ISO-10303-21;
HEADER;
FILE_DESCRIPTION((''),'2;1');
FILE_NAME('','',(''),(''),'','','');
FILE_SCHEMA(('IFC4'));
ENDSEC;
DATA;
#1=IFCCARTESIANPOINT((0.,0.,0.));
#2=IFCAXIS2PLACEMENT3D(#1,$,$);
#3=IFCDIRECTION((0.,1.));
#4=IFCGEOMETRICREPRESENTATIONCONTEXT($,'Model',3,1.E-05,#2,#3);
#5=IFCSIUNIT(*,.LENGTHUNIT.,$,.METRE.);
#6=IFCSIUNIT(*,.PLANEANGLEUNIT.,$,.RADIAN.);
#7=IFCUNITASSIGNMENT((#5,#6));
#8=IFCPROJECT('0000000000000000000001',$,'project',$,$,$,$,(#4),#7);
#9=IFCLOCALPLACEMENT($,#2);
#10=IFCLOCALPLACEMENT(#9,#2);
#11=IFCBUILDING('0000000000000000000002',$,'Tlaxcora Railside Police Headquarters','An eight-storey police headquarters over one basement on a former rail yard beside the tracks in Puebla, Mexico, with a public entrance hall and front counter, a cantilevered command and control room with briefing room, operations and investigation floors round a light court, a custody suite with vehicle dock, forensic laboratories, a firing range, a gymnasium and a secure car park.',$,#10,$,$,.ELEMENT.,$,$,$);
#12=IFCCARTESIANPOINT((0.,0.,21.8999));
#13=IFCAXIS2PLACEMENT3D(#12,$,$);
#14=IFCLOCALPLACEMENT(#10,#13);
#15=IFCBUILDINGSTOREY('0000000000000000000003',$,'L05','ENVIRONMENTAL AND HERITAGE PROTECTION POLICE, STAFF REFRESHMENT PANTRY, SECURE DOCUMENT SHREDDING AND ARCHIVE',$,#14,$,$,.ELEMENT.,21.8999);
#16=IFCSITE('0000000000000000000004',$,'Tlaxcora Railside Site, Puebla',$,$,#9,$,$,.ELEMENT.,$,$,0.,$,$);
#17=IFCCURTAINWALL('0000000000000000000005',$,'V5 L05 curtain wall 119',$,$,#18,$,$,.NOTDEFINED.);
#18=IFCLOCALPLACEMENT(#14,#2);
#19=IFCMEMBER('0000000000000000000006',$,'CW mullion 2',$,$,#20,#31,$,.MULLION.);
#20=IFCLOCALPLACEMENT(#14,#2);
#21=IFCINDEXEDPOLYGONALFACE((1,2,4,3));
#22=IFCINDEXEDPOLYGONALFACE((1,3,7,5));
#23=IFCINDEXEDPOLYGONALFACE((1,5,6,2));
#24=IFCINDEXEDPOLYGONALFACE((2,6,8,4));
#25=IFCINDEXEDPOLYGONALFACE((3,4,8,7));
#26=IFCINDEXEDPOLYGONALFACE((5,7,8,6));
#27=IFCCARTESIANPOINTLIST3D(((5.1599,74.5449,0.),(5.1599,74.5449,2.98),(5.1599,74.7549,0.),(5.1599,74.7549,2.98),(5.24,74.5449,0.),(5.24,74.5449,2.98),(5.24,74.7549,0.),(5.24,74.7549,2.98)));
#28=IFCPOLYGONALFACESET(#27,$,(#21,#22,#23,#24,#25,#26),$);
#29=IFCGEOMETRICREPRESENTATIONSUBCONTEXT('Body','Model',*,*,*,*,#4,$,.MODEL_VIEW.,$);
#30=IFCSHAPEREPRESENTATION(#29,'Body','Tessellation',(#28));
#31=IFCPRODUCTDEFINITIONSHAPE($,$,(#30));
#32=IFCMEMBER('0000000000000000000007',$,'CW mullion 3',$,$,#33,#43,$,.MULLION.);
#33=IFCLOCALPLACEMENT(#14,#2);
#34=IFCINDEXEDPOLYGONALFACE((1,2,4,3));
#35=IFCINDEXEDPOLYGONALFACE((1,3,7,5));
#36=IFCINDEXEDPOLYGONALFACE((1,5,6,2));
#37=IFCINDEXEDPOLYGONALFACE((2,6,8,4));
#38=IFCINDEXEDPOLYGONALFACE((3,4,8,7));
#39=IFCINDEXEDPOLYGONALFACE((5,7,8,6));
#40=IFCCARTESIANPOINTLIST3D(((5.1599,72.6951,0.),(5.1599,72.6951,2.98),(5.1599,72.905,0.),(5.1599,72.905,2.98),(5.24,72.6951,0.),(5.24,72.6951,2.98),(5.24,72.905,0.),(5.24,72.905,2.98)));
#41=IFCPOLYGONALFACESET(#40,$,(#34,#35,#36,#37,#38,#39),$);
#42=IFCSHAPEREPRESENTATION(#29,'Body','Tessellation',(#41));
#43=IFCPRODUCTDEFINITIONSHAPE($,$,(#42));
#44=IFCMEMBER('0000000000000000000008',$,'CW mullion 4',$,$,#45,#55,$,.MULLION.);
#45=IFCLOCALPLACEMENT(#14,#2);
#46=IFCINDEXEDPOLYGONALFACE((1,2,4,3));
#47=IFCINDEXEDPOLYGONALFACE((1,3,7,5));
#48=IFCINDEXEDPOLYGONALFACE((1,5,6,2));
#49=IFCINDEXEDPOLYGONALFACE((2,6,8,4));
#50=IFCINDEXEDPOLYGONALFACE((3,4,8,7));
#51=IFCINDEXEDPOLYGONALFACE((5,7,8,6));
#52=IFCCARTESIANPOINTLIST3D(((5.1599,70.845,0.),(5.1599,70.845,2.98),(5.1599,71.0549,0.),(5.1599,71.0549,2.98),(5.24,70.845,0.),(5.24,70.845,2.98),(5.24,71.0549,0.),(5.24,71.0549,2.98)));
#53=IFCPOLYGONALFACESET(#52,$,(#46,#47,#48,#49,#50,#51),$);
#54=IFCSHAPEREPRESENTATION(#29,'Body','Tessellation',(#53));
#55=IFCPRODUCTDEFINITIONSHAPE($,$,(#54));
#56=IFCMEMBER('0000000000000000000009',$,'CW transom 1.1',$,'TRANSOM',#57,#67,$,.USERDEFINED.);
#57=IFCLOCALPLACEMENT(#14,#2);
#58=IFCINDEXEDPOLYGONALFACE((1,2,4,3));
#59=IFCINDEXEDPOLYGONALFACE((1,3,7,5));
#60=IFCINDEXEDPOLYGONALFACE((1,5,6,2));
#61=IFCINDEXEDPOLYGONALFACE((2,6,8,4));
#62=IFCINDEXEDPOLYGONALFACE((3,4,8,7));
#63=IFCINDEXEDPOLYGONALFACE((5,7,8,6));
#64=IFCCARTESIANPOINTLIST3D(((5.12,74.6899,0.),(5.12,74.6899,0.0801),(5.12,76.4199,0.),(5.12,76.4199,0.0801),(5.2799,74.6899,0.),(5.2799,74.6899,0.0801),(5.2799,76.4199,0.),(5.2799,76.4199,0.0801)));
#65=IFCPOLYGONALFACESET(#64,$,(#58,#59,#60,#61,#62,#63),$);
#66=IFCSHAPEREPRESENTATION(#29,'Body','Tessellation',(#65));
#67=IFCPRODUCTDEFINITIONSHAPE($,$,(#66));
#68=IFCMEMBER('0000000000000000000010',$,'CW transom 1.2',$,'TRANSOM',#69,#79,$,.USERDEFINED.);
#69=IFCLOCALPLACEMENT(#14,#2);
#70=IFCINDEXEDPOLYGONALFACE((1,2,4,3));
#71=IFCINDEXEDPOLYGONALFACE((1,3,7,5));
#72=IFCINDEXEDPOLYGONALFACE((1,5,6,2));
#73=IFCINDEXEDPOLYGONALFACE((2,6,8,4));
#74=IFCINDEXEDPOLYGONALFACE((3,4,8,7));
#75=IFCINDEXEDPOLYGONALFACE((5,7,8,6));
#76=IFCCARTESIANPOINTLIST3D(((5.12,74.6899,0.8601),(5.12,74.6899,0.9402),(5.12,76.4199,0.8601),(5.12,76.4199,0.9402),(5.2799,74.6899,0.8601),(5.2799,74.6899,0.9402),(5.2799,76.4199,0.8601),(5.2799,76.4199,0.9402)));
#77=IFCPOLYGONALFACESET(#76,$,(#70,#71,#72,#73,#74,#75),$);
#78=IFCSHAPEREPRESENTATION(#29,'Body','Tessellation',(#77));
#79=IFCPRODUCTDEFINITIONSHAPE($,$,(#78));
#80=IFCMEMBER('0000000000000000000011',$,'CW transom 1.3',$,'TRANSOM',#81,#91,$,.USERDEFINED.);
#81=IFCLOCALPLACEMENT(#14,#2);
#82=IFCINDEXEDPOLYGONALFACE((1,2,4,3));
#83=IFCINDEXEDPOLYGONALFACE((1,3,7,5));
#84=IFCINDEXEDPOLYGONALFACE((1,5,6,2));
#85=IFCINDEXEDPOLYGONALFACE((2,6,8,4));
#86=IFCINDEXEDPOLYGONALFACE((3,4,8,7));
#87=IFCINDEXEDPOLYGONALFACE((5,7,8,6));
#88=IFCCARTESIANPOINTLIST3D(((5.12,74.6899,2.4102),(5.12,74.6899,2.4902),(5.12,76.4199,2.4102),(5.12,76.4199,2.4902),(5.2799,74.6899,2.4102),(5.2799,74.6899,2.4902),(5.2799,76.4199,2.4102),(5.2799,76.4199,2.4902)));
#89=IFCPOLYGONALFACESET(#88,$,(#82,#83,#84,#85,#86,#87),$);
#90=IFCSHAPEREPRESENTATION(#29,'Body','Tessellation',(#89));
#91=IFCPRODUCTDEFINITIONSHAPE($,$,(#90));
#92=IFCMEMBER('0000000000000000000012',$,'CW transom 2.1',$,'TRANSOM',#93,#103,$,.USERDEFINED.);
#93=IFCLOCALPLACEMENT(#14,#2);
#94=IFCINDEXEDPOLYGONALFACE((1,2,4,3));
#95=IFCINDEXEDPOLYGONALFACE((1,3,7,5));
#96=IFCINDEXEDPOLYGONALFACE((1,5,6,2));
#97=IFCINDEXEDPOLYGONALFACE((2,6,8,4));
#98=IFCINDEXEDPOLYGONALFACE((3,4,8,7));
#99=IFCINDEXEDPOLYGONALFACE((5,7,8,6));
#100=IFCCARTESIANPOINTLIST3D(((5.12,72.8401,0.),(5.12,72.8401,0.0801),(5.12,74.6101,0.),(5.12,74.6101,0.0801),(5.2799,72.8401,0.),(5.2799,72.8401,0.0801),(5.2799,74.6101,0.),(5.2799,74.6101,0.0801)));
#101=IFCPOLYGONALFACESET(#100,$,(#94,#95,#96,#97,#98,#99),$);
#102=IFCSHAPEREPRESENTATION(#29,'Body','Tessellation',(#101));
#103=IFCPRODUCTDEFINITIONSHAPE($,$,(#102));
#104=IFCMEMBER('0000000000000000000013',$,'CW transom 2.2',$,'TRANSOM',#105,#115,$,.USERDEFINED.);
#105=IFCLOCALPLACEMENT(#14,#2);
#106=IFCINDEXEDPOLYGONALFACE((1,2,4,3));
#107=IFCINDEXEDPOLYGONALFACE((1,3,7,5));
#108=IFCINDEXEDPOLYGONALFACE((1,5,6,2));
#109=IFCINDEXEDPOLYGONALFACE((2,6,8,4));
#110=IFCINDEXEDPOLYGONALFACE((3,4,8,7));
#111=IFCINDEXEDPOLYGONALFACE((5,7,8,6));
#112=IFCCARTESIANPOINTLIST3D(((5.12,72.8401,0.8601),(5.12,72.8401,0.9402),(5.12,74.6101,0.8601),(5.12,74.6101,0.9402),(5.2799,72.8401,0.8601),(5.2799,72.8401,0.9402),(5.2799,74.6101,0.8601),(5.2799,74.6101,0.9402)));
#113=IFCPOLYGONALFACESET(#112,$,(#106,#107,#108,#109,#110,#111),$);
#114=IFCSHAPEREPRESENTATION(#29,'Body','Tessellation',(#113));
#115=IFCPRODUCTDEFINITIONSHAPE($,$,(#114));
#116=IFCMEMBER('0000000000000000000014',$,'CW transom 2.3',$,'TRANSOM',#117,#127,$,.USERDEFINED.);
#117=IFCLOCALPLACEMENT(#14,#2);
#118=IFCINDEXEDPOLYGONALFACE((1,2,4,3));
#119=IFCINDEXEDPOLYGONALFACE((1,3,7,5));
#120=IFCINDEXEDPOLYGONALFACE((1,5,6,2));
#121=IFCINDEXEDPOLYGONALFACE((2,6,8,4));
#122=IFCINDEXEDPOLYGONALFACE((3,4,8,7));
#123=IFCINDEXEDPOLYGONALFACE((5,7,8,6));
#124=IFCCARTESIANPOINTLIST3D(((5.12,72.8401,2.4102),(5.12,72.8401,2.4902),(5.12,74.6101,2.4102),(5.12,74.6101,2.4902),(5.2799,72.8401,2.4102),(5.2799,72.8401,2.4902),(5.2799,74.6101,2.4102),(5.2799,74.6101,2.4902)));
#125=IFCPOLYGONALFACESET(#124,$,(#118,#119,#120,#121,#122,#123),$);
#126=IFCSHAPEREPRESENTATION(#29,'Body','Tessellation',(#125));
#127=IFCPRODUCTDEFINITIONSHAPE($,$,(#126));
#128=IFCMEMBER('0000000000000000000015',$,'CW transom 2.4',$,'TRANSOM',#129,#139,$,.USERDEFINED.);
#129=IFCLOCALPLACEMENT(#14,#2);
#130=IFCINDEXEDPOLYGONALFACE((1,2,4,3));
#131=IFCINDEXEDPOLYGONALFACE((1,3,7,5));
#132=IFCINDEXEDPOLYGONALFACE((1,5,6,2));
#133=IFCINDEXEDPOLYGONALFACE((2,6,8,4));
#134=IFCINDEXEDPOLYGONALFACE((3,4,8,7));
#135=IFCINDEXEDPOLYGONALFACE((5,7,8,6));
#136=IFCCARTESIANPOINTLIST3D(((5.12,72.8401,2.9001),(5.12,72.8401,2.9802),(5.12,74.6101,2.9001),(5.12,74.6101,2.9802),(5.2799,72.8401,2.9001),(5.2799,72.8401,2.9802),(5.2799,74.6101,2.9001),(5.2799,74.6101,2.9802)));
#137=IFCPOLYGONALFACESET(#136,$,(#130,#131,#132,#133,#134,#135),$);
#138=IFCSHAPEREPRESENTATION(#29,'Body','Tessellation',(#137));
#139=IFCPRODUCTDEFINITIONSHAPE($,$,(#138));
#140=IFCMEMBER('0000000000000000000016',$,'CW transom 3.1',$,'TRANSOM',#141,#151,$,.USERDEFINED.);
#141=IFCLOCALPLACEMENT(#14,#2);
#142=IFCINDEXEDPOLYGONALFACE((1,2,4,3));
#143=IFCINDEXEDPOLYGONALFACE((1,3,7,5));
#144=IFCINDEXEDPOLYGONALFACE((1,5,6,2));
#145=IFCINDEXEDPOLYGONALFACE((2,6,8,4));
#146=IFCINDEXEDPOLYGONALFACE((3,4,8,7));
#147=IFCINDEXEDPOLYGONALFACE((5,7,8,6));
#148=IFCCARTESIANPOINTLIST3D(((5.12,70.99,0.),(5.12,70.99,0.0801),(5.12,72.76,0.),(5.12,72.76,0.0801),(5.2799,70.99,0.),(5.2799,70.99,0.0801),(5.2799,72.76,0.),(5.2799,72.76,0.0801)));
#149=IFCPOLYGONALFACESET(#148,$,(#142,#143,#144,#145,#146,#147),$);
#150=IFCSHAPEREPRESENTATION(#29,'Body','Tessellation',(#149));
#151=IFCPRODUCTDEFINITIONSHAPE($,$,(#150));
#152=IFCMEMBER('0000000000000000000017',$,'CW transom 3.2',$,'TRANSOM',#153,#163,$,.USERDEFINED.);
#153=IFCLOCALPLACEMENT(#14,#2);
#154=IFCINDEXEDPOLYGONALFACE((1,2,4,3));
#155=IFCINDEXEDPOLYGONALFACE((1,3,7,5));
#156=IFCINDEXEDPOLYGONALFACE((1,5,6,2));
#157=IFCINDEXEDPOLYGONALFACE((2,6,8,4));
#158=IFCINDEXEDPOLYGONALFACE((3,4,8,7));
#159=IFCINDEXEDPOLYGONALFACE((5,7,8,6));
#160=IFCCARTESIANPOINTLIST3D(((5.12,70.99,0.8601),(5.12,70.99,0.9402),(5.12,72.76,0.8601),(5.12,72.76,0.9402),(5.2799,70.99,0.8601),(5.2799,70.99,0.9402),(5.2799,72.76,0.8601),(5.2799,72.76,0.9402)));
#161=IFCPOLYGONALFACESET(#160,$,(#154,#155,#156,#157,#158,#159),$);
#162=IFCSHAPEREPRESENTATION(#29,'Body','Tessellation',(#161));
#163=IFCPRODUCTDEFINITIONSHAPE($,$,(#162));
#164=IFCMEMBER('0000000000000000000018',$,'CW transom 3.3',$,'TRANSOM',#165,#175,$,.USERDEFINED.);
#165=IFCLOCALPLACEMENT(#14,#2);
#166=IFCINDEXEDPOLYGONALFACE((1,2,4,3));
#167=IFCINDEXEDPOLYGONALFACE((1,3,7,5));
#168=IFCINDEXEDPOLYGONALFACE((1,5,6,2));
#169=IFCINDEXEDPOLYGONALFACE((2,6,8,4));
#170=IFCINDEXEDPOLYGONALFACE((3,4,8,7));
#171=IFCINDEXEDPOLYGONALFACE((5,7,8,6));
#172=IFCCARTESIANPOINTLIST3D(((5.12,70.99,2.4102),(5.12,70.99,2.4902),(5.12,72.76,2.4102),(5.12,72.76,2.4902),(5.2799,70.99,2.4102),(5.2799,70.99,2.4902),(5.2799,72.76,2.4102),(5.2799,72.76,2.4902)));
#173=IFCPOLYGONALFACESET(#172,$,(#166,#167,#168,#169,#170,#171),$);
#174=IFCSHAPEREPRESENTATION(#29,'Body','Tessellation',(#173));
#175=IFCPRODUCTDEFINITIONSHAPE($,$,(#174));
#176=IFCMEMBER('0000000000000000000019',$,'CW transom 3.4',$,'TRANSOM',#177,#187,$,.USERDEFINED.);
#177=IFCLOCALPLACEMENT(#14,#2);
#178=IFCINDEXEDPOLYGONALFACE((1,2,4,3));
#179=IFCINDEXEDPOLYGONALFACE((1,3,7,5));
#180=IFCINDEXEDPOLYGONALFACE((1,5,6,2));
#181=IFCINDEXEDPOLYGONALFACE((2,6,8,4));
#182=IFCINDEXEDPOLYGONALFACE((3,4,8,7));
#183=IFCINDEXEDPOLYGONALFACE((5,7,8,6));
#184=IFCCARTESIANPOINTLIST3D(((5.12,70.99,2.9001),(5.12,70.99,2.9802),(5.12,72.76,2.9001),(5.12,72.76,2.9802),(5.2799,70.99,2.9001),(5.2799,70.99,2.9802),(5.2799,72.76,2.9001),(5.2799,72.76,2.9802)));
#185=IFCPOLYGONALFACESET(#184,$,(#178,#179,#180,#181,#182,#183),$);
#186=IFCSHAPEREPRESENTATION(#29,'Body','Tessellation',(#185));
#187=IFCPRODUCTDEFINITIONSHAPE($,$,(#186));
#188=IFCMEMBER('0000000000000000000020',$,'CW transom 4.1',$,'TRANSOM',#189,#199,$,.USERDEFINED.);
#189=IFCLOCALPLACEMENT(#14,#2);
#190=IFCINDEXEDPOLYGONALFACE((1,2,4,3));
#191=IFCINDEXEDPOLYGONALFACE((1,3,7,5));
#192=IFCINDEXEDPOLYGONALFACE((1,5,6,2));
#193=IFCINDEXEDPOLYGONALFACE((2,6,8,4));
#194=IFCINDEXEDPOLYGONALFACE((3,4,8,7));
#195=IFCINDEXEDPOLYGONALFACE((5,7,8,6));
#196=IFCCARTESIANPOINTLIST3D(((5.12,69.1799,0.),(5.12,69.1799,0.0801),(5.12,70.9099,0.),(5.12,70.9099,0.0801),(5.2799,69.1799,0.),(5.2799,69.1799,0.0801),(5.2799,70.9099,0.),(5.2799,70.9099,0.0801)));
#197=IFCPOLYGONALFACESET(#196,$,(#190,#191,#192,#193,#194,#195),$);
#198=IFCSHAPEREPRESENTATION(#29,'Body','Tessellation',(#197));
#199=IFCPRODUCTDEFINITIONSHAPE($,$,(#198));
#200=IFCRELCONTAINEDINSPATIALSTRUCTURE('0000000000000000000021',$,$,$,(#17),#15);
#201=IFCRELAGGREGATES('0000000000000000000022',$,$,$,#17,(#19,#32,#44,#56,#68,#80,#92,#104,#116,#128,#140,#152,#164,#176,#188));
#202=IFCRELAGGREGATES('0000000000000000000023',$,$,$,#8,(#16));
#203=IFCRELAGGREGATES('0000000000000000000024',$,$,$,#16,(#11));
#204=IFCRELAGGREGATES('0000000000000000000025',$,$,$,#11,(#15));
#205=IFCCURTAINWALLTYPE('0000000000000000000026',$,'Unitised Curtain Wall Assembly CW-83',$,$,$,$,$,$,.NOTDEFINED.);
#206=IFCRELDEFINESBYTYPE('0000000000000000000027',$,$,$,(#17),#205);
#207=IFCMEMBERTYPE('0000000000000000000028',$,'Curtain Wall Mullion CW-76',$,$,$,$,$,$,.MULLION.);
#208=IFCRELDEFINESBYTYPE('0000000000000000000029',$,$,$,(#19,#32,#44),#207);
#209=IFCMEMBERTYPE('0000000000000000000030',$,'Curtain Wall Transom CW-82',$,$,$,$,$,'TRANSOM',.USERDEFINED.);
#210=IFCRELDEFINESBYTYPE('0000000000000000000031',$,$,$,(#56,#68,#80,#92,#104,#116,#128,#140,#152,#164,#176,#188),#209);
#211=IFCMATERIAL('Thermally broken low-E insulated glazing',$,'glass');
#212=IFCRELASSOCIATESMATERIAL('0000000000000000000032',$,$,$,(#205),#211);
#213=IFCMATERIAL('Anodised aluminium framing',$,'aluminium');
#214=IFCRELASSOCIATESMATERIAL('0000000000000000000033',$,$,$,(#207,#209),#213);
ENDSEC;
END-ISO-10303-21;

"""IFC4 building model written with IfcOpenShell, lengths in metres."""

from ifc_helpers import new_model, si_unit, direction, frame, origin, origin_2d, place, context, subcontext, project, spatial, rectangle, extrude, material, material_profile, profile_set, type_object, element, aggregate, save


model = new_model("IFC4")

# Units and contexts
model_context = context("Model", 3, precision=1e-05, world=origin(), true_north=direction((0.0, 1.0)))
body_context = subcontext(model_context, "Body", "Model", "MODEL_VIEW")
ifc_project = project(units=[si_unit("LENGTHUNIT", "METRE"), si_unit("PLANEANGLEUNIT", "RADIAN")], contexts=[model_context])

# Site, building, storey
site_placement = place(None, origin())
site = spatial("IfcSite", under=ifc_project, at=site_placement, Name="Tlaxcora Railside Site, Puebla", CompositionType="ELEMENT", RefElevation=0.0)
building_placement = place(site_placement, origin())
building = spatial("IfcBuilding", under=site, at=building_placement, Name="Tlaxcora Railside Police Headquarters", Description="An eight-storey police headquarters over one basement on a former rail yard beside the tracks in Puebla, Mexico, with a public entrance hall and front counter, a cantilevered command and control room with briefing room, operations and investigation floors round a light court, a custody suite with vehicle dock, forensic laboratories, a firing range, a gymnasium and a secure car park.", CompositionType="ELEMENT")
storey_placement = place(building_placement, frame((0.0, 0.0, 21.8999)))
storey = spatial("IfcBuildingStorey", under=building, at=storey_placement, Name="L05", Description="ENVIRONMENTAL AND HERITAGE PROTECTION POLICE, STAFF REFRESHMENT PANTRY, SECURE DOCUMENT SHREDDING AND ARCHIVE", CompositionType="ELEMENT", Elevation=21.8999)

# Curtain wall, members
ifc_material_1 = material(Name="Thermally broken low-E insulated glazing", Category="glass")
curtain_wall_type = type_object("IfcCurtainWallType", Name="Unitised Curtain Wall Assembly CW-83", PredefinedType="NOTDEFINED", material=ifc_material_1)
curtain_wall_placement = place(storey_placement, origin())
curtain_wall = element("IfcCurtainWall", 1, at=curtain_wall_placement, inside=storey, type_object=curtain_wall_type, Name="V5 L05 curtain wall 119", PredefinedType="NOTDEFINED")
ifc_material_2 = material(Name="Anodised aluminium framing", Category="aluminium")
ifc_material_profile_1 = material_profile(ifc_material_2, rectangle(XDim=0.0801, YDim=0.21, at=origin_2d()), Name="AL80X210")
ifc_profile_set_1 = profile_set([ifc_material_profile_1], Name="Anodised aluminium framing")
member_type_1 = type_object("IfcMemberType", Name="Curtain Wall Mullion CW-76", PredefinedType="MULLION", material=ifc_profile_set_1)
member_1_placement = place(storey_placement, frame((5.2, 74.6499, 0.0), z_axis=(0.0, 0.0, 1.0), x_axis=(1.0, 0.0, 0.0)))
member_1 = element("IfcMember", 2, at=member_1_placement, type_object=member_type_1, Name="CW mullion 2", PredefinedType="MULLION", context=body_context, shape_type="SweptSolid", body=[
    extrude(rectangle(XDim=0.0801, YDim=0.21, at=origin_2d()), origin(), (0.0, 0.0, 1.0), 2.98),
])
member_2_placement = place(storey_placement, frame((5.2, 72.8, 0.0), z_axis=(0.0, 0.0, 1.0), x_axis=(1.0, 0.0, 0.0)))
member_2 = element("IfcMember", 3, at=member_2_placement, type_object=member_type_1, Name="CW mullion 3", PredefinedType="MULLION", context=body_context, shape_type="SweptSolid", body=[
    extrude(rectangle(XDim=0.0801, YDim=0.21, at=origin_2d()), origin(), (0.0, 0.0, 1.0), 2.98),
])
member_3_placement = place(storey_placement, frame((5.2, 70.95, 0.0), z_axis=(0.0, 0.0, 1.0), x_axis=(1.0, 0.0, 0.0)))
member_3 = element("IfcMember", 4, at=member_3_placement, type_object=member_type_1, Name="CW mullion 4", PredefinedType="MULLION", context=body_context, shape_type="SweptSolid", body=[
    extrude(rectangle(XDim=0.0801, YDim=0.21, at=origin_2d()), origin(), (0.0, 0.0, 1.0), 2.98),
])
ifc_material_profile_2 = material_profile(ifc_material_2, rectangle(XDim=0.1599, YDim=0.0801, at=origin_2d()), Name="AL80X160")
ifc_profile_set_2 = profile_set([ifc_material_profile_2], Name="Anodised aluminium framing")
member_type_2 = type_object("IfcMemberType", Name="Curtain Wall Transom CW-82", ElementType="TRANSOM", PredefinedType="USERDEFINED", material=ifc_profile_set_2)
member_4_placement = place(storey_placement, frame((5.2, 76.4199, 0.04), z_axis=(0.0, -1.0, 0.0), x_axis=(1.0, 0.0, 0.0)))
member_4 = element("IfcMember", 5, at=member_4_placement, type_object=member_type_2, Name="CW transom 1.1", ObjectType="TRANSOM", PredefinedType="USERDEFINED", context=body_context, shape_type="SweptSolid", body=[
    extrude(rectangle(XDim=0.1599, YDim=0.0801, at=origin_2d()), origin(), (0.0, 0.0, 1.0), 1.73),
])
member_5_placement = place(storey_placement, frame((5.2, 76.4199, 0.9001), z_axis=(0.0, -1.0, 0.0), x_axis=(1.0, 0.0, 0.0)))
member_5 = element("IfcMember", 6, at=member_5_placement, type_object=member_type_2, Name="CW transom 1.2", ObjectType="TRANSOM", PredefinedType="USERDEFINED", context=body_context, shape_type="SweptSolid", body=[
    extrude(rectangle(XDim=0.1599, YDim=0.0801, at=origin_2d()), origin(), (0.0, 0.0, 1.0), 1.73),
])
member_6_placement = place(storey_placement, frame((5.2, 76.4199, 2.4502), z_axis=(0.0, -1.0, 0.0), x_axis=(1.0, 0.0, 0.0)))
member_6 = element("IfcMember", 7, at=member_6_placement, type_object=member_type_2, Name="CW transom 1.3", ObjectType="TRANSOM", PredefinedType="USERDEFINED", context=body_context, shape_type="SweptSolid", body=[
    extrude(rectangle(XDim=0.1599, YDim=0.0801, at=origin_2d()), origin(), (0.0, 0.0, 1.0), 1.73),
])
member_7_placement = place(storey_placement, frame((5.2, 74.6101, 0.04), z_axis=(0.0, -1.0, 0.0), x_axis=(1.0, 0.0, 0.0)))
member_7 = element("IfcMember", 8, at=member_7_placement, type_object=member_type_2, Name="CW transom 2.1", ObjectType="TRANSOM", PredefinedType="USERDEFINED", context=body_context, shape_type="SweptSolid", body=[
    extrude(rectangle(XDim=0.1599, YDim=0.0801, at=origin_2d()), origin(), (0.0, 0.0, 1.0), 1.77),
])
member_8_placement = place(storey_placement, frame((5.2, 74.6101, 0.9001), z_axis=(0.0, -1.0, 0.0), x_axis=(1.0, 0.0, 0.0)))
member_8 = element("IfcMember", 9, at=member_8_placement, type_object=member_type_2, Name="CW transom 2.2", ObjectType="TRANSOM", PredefinedType="USERDEFINED", context=body_context, shape_type="SweptSolid", body=[
    extrude(rectangle(XDim=0.1599, YDim=0.0801, at=origin_2d()), origin(), (0.0, 0.0, 1.0), 1.77),
])
member_9_placement = place(storey_placement, frame((5.2, 74.6101, 2.4502), z_axis=(0.0, -1.0, 0.0), x_axis=(1.0, 0.0, 0.0)))
member_9 = element("IfcMember", 10, at=member_9_placement, type_object=member_type_2, Name="CW transom 2.3", ObjectType="TRANSOM", PredefinedType="USERDEFINED", context=body_context, shape_type="SweptSolid", body=[
    extrude(rectangle(XDim=0.1599, YDim=0.0801, at=origin_2d()), origin(), (0.0, 0.0, 1.0), 1.77),
])
member_10_placement = place(storey_placement, frame((5.2, 74.6101, 2.9402), z_axis=(0.0, -1.0, 0.0), x_axis=(1.0, 0.0, 0.0)))
member_10 = element("IfcMember", 11, at=member_10_placement, type_object=member_type_2, Name="CW transom 2.4", ObjectType="TRANSOM", PredefinedType="USERDEFINED", context=body_context, shape_type="SweptSolid", body=[
    extrude(rectangle(XDim=0.1599, YDim=0.0801, at=origin_2d()), origin(), (0.0, 0.0, 1.0), 1.77),
])
member_11_placement = place(storey_placement, frame((5.2, 72.76, 0.04), z_axis=(0.0, -1.0, 0.0), x_axis=(1.0, 0.0, 0.0)))
member_11 = element("IfcMember", 12, at=member_11_placement, type_object=member_type_2, Name="CW transom 3.1", ObjectType="TRANSOM", PredefinedType="USERDEFINED", context=body_context, shape_type="SweptSolid", body=[
    extrude(rectangle(XDim=0.1599, YDim=0.0801, at=origin_2d()), origin(), (0.0, 0.0, 1.0), 1.77),
])
member_12_placement = place(storey_placement, frame((5.2, 72.76, 0.9001), z_axis=(0.0, -1.0, 0.0), x_axis=(1.0, 0.0, 0.0)))
member_12 = element("IfcMember", 13, at=member_12_placement, type_object=member_type_2, Name="CW transom 3.2", ObjectType="TRANSOM", PredefinedType="USERDEFINED", context=body_context, shape_type="SweptSolid", body=[
    extrude(rectangle(XDim=0.1599, YDim=0.0801, at=origin_2d()), origin(), (0.0, 0.0, 1.0), 1.77),
])
member_13_placement = place(storey_placement, frame((5.2, 72.76, 2.4502), z_axis=(0.0, -1.0, 0.0), x_axis=(1.0, 0.0, 0.0)))
member_13 = element("IfcMember", 14, at=member_13_placement, type_object=member_type_2, Name="CW transom 3.3", ObjectType="TRANSOM", PredefinedType="USERDEFINED", context=body_context, shape_type="SweptSolid", body=[
    extrude(rectangle(XDim=0.1599, YDim=0.0801, at=origin_2d()), origin(), (0.0, 0.0, 1.0), 1.77),
])
member_14_placement = place(storey_placement, frame((5.2, 72.76, 2.9402), z_axis=(0.0, -1.0, 0.0), x_axis=(1.0, 0.0, 0.0)))
member_14 = element("IfcMember", 15, at=member_14_placement, type_object=member_type_2, Name="CW transom 3.4", ObjectType="TRANSOM", PredefinedType="USERDEFINED", context=body_context, shape_type="SweptSolid", body=[
    extrude(rectangle(XDim=0.1599, YDim=0.0801, at=origin_2d()), origin(), (0.0, 0.0, 1.0), 1.77),
])
member_15_placement = place(storey_placement, frame((5.2, 70.9099, 0.04), z_axis=(0.0, -1.0, 0.0), x_axis=(1.0, 0.0, 0.0)))
member_15 = element("IfcMember", 16, at=member_15_placement, type_object=member_type_2, Name="CW transom 4.1", ObjectType="TRANSOM", PredefinedType="USERDEFINED", context=body_context, shape_type="SweptSolid", body=[
    extrude(rectangle(XDim=0.1599, YDim=0.0801, at=origin_2d()), origin(), (0.0, 0.0, 1.0), 1.73),
])
aggregate(curtain_wall, [member_1, member_2, member_3, member_4, member_5, member_6, member_7, member_8, member_9, member_10, member_11, member_12, member_13, member_14, member_15])

save(model, "model.ifc")
